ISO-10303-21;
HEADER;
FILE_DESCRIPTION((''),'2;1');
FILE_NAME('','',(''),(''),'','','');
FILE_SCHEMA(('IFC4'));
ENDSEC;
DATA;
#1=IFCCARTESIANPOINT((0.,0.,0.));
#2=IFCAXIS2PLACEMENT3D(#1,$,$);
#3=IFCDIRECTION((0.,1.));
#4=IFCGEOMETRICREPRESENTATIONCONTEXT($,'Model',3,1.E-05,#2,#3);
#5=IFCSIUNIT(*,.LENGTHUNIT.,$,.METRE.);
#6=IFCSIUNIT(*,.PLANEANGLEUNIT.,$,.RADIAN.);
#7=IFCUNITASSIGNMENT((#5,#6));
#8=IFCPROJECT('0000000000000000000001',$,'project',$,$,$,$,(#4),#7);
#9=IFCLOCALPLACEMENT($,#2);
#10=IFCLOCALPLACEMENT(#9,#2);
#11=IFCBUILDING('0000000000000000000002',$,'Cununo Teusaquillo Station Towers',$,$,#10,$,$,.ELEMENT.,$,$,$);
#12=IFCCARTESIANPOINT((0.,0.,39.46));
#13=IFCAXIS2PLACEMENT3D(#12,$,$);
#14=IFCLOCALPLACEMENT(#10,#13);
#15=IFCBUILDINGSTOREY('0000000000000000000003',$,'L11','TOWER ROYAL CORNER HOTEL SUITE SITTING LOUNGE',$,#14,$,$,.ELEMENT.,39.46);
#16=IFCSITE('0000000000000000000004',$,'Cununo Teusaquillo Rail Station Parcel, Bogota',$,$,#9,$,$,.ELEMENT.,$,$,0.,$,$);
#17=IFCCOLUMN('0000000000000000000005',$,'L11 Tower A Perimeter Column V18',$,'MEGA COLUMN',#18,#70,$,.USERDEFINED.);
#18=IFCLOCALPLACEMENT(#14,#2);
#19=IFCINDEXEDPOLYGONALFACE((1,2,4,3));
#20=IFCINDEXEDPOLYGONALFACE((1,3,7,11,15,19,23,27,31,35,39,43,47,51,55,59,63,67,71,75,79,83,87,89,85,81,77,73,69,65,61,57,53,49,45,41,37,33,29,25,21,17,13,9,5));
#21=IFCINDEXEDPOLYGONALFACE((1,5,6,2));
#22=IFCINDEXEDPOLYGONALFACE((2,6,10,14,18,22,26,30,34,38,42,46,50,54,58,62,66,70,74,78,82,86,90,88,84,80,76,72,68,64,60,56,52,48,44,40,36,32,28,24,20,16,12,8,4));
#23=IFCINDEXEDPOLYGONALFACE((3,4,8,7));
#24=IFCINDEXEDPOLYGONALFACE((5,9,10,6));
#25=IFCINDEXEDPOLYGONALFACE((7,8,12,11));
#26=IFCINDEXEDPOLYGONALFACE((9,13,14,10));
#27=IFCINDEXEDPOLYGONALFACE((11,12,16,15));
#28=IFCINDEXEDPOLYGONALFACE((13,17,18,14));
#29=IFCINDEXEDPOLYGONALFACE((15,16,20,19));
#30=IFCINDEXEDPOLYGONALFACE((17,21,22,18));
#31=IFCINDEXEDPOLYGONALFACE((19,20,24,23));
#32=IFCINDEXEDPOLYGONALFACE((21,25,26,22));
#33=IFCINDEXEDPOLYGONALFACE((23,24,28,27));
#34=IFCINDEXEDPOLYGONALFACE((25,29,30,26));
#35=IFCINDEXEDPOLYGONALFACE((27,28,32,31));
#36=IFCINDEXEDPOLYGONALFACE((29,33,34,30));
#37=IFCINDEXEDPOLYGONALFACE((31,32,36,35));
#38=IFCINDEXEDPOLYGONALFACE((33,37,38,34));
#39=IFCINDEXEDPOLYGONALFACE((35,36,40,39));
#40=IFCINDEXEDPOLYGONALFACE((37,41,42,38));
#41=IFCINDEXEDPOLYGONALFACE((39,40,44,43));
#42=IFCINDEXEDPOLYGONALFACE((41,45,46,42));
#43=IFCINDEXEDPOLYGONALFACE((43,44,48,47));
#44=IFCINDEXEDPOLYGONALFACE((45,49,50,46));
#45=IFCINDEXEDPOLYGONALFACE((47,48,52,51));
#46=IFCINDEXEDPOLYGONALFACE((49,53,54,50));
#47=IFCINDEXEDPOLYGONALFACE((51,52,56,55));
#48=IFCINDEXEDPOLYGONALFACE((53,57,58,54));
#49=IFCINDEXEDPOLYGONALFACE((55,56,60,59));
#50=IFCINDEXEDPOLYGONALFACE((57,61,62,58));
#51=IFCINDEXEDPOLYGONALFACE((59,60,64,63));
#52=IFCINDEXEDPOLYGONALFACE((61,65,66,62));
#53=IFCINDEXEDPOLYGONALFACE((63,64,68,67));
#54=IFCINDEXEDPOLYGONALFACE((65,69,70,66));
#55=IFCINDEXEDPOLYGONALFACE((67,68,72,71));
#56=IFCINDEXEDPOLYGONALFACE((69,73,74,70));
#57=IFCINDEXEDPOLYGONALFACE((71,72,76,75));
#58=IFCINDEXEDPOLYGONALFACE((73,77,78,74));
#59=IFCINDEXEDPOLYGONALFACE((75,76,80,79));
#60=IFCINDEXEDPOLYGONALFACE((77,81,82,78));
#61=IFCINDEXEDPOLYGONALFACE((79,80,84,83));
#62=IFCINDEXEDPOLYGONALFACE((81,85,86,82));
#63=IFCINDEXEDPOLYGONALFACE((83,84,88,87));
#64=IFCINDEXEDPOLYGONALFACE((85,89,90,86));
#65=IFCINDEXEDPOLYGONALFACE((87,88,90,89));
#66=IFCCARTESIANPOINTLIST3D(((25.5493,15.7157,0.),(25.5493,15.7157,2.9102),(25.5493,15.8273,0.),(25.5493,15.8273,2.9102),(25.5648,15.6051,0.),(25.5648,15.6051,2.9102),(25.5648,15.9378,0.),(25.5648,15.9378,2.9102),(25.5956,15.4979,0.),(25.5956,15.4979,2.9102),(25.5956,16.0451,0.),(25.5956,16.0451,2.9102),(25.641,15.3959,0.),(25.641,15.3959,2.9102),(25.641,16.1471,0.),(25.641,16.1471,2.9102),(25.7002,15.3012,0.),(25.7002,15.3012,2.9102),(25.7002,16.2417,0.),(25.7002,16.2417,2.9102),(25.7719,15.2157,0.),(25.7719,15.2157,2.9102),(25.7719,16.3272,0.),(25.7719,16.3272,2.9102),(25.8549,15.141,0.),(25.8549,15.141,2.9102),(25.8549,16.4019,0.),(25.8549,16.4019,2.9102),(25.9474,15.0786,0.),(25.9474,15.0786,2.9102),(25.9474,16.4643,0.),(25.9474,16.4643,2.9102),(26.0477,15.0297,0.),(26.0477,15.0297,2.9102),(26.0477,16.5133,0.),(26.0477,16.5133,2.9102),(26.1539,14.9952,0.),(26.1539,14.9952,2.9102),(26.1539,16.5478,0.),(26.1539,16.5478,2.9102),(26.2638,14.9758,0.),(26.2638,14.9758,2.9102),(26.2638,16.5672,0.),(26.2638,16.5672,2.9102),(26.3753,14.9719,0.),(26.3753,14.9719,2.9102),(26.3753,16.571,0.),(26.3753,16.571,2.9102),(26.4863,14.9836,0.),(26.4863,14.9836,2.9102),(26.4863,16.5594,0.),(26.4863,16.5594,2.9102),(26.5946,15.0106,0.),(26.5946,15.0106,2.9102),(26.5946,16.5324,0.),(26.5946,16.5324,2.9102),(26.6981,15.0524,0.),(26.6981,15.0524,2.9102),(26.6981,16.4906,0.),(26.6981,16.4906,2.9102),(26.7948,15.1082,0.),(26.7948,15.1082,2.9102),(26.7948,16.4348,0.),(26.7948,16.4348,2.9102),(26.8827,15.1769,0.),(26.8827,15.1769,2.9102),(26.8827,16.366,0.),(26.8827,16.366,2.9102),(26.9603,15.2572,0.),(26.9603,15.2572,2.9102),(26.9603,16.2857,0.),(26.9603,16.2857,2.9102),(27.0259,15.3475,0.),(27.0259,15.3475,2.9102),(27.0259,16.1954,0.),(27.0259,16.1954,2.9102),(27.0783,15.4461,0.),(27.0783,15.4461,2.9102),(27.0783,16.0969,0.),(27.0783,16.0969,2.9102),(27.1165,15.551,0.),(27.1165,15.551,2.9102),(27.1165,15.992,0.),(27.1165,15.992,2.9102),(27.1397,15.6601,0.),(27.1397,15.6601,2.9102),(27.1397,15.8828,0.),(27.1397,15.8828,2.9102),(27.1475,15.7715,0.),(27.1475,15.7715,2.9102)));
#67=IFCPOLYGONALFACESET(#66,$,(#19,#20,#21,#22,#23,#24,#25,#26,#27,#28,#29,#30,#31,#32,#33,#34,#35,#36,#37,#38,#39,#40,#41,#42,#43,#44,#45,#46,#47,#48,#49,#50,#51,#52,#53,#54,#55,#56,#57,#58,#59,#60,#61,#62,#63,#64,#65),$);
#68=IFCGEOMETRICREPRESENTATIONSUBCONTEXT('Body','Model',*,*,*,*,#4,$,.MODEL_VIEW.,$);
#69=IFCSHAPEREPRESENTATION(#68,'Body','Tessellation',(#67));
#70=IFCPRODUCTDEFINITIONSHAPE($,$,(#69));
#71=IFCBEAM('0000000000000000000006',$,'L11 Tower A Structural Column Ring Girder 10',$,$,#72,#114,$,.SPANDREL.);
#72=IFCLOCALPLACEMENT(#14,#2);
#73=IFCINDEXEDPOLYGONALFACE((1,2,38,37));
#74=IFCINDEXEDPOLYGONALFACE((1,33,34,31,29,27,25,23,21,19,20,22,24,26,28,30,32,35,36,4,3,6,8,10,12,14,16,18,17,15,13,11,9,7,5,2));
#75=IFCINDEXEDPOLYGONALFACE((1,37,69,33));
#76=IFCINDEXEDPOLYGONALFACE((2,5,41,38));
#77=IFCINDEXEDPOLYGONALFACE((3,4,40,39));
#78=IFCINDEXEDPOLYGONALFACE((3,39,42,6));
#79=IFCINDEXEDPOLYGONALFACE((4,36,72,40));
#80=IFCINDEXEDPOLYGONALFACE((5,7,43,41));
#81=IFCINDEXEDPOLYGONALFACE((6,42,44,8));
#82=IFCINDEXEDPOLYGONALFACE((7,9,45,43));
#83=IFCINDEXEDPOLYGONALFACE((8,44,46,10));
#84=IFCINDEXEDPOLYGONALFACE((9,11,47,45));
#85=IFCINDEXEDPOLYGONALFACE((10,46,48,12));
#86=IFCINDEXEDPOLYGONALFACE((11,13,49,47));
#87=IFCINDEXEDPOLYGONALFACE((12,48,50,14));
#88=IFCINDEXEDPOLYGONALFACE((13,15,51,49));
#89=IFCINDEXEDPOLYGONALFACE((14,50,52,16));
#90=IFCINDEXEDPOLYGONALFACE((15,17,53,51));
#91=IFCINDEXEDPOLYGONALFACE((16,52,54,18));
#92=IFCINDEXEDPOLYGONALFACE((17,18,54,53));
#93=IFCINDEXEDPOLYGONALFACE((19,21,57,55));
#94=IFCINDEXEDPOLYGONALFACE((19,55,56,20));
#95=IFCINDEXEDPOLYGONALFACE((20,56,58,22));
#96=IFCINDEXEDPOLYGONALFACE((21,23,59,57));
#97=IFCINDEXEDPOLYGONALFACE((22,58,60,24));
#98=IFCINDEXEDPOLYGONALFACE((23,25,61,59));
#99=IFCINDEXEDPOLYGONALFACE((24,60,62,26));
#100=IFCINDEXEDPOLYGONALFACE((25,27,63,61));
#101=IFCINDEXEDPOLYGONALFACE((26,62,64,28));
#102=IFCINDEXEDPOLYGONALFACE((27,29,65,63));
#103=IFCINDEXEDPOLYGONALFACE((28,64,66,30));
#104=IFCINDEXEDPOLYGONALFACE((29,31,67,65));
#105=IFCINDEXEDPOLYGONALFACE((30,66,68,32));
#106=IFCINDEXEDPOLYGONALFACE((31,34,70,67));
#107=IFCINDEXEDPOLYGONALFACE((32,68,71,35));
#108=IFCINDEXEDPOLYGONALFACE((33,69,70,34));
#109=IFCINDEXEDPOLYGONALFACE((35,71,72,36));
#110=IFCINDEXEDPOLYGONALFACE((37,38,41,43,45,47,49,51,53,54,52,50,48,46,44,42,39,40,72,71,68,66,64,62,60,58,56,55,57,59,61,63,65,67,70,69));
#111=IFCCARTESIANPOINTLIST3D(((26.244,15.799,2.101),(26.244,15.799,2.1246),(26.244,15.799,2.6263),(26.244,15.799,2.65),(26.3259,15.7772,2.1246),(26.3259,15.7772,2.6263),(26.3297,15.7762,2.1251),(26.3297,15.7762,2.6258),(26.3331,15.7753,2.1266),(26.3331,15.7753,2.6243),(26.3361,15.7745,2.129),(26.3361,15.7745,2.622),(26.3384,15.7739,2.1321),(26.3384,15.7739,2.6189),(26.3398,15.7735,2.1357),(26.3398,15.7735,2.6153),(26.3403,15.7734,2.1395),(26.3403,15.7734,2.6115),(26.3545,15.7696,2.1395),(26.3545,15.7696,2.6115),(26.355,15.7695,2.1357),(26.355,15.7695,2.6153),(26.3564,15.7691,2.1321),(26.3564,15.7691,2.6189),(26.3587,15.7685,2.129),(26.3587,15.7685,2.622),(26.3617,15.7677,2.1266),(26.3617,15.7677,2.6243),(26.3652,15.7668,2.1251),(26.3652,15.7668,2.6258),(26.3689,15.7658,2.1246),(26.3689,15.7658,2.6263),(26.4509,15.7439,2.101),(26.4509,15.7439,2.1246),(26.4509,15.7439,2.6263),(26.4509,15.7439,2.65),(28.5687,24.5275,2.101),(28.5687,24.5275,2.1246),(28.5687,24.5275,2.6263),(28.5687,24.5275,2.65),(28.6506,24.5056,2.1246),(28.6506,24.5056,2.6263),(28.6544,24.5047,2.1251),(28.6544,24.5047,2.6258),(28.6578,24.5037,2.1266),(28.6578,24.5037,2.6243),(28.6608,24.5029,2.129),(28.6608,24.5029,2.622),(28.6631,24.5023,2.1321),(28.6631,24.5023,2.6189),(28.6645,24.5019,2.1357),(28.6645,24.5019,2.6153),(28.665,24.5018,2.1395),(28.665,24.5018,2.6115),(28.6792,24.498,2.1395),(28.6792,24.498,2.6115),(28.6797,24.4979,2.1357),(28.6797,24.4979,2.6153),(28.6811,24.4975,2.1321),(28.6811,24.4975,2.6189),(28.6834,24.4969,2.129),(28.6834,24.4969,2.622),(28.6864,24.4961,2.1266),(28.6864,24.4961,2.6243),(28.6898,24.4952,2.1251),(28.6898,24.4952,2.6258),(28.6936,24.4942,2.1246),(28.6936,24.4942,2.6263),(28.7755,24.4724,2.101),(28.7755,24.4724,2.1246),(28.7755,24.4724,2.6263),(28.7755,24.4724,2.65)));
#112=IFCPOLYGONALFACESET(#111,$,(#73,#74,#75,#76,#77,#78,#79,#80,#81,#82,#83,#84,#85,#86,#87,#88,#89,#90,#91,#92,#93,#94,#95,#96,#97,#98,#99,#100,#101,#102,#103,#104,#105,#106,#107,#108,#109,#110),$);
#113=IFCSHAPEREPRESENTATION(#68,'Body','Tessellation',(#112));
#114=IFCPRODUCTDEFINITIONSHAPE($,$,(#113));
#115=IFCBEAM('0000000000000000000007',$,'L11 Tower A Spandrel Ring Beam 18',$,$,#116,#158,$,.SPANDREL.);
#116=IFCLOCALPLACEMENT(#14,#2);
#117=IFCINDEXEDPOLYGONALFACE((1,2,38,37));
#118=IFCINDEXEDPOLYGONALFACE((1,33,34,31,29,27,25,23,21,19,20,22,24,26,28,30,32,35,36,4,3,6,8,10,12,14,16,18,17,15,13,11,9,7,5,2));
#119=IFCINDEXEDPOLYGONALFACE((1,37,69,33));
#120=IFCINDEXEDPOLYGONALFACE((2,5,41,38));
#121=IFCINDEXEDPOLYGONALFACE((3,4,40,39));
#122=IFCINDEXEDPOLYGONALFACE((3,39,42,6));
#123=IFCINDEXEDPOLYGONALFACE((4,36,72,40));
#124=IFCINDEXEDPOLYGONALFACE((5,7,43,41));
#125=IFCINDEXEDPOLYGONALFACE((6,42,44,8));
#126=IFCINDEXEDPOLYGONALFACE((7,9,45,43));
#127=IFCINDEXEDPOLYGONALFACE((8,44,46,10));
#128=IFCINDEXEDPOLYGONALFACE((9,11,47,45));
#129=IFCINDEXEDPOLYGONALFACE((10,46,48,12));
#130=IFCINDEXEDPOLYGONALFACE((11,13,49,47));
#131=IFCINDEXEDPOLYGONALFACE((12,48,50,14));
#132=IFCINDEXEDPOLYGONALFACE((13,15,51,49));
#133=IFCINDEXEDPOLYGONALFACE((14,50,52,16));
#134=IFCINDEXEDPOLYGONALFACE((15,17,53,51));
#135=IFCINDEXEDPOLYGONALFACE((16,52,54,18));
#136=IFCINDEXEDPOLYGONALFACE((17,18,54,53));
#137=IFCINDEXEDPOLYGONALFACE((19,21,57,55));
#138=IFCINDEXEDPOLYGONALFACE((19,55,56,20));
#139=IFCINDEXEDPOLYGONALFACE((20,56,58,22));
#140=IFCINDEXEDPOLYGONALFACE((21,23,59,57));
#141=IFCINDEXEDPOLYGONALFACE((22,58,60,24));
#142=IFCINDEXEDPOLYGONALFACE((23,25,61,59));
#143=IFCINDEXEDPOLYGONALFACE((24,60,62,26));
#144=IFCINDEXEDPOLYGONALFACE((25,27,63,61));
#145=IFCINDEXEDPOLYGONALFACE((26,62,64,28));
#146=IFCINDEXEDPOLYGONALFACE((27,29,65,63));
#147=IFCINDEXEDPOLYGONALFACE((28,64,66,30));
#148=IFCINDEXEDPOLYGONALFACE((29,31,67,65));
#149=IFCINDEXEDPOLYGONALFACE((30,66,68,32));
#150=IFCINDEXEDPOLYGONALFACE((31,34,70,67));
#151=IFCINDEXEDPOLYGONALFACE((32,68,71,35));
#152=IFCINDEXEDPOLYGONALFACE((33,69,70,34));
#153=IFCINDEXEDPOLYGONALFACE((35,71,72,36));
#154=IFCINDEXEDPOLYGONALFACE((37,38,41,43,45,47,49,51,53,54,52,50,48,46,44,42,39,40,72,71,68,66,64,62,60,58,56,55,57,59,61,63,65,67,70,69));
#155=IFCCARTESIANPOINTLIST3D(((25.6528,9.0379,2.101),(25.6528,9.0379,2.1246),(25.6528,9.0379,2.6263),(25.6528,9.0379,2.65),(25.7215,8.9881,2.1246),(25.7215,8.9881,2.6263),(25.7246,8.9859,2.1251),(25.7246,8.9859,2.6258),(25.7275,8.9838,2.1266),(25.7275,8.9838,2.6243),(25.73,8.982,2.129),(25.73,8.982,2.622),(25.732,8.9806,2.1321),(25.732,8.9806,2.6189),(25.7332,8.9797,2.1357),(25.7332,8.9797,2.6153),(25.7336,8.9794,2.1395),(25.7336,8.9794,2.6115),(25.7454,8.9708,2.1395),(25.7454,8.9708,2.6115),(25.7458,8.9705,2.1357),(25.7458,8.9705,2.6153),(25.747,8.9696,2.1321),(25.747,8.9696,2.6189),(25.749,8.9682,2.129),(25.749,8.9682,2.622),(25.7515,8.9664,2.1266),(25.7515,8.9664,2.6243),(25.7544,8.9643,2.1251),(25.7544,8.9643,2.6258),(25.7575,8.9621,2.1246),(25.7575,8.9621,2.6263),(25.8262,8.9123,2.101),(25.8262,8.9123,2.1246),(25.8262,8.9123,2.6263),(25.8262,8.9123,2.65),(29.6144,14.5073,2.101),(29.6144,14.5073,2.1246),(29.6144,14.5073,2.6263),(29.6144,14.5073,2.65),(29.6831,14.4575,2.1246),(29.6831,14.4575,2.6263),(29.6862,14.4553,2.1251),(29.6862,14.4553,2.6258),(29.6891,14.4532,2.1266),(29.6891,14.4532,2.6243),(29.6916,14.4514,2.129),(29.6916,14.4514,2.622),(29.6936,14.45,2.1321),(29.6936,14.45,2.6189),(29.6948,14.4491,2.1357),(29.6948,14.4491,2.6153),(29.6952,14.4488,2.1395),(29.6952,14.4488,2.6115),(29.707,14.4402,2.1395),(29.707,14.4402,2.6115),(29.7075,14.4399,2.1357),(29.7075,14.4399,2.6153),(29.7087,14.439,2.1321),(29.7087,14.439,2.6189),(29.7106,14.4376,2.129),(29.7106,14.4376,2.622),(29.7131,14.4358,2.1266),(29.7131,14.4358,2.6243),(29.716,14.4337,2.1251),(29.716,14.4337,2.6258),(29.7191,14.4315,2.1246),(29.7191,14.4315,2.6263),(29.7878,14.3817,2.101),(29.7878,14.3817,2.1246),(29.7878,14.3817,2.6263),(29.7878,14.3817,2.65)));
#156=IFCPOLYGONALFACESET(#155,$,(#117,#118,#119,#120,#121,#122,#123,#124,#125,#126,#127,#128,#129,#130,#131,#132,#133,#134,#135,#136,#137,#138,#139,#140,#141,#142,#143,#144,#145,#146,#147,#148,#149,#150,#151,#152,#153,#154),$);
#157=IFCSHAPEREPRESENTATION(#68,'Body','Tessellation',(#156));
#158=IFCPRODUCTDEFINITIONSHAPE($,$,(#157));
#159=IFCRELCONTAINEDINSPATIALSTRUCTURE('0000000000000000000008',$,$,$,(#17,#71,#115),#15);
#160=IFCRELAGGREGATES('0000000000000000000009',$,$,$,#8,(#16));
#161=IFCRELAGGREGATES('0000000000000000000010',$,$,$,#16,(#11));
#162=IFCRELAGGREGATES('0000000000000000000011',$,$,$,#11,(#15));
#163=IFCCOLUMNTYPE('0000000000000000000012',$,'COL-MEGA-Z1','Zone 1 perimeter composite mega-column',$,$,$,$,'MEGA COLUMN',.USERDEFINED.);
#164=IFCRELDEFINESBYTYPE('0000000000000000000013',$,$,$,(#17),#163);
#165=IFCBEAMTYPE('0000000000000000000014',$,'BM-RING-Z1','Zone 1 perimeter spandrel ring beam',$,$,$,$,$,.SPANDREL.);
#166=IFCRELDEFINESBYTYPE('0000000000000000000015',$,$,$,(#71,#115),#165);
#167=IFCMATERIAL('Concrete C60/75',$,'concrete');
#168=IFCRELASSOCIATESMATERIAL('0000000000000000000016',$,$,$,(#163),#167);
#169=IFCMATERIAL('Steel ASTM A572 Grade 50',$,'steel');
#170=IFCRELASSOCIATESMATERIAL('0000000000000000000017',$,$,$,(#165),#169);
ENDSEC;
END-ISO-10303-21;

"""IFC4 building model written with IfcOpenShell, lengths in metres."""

from ifc_helpers import new_model, si_unit, direction, frame, origin, origin_2d, place, context, subcontext, project, spatial, circle, i_section, extrude, material, material_profile, profile_set, type_object, element, save


model = new_model("IFC4")

# Units and contexts
model_context = context("Model", 3, precision=1e-05, world=origin(), true_north=direction((0.0, 1.0)))
body_context = subcontext(model_context, "Body", "Model", "MODEL_VIEW")
ifc_project = project(units=[si_unit("LENGTHUNIT", "METRE"), si_unit("PLANEANGLEUNIT", "RADIAN")], contexts=[model_context])

# Site, building, storey
site_placement = place(None, origin())
site = spatial("IfcSite", under=ifc_project, at=site_placement, Name="Cununo Teusaquillo Rail Station Parcel, Bogota", CompositionType="ELEMENT", RefElevation=0.0)
building_placement = place(site_placement, origin())
building = spatial("IfcBuilding", under=site, at=building_placement, Name="Cununo Teusaquillo Station Towers", CompositionType="ELEMENT")
storey_placement = place(building_placement, frame((0.0, 0.0, 39.46)))
storey = spatial("IfcBuildingStorey", under=building, at=storey_placement, Name="L11", Description="TOWER ROYAL CORNER HOTEL SUITE SITTING LOUNGE", CompositionType="ELEMENT", Elevation=39.46)

# Column
ifc_material_1 = material(Name="Concrete C60/75", Category="concrete")
ifc_material_profile_1 = material_profile(ifc_material_1, circle(Radius=0.8, at=origin_2d()), Name="RC-CIRC-1600")
ifc_profile_set_1 = profile_set([ifc_material_profile_1], Name="Concrete C60/75")
column_type = type_object("IfcColumnType", Name="COL-MEGA-Z1", Description="Zone 1 perimeter composite mega-column", ElementType="MEGA COLUMN", PredefinedType="USERDEFINED", material=ifc_profile_set_1)
column_placement = place(storey_placement, frame((26.3474, 15.7715, 0.0), z_axis=(0.0, 0.0, 1.0), x_axis=(1.0, 0.0, 0.0)))
element("IfcColumn", 1, at=column_placement, inside=storey, type_object=column_type, Name="L11 Tower A Perimeter Column V18", ObjectType="MEGA COLUMN", PredefinedType="USERDEFINED", context=body_context, shape_type="SweptSolid", body=[
    extrude(circle(Radius=0.8, at=origin_2d()), origin(), (0.0, 0.0, 1.0), 2.9102),
])

# Beams
ifc_material_2 = material(Name="Steel ASTM A572 Grade 50", Category="steel")
ifc_material_profile_2 = material_profile(ifc_material_2, i_section(OverallWidth=0.2141, OverallDepth=0.5491, WebThickness=0.0146, FlangeThickness=0.0237, FilletRadius=0.0149, at=origin_2d()), Name="W21X93")
ifc_profile_set_2 = profile_set([ifc_material_profile_2], Name="Steel ASTM A572 Grade 50")
beam_type = type_object("IfcBeamType", Name="BM-RING-Z1", Description="Zone 1 perimeter spandrel ring beam", PredefinedType="SPANDREL", material=ifc_profile_set_2)
beam_1_placement = place(storey_placement, frame((26.3474, 15.7715, 2.3755), z_axis=(0.257363, 0.966315, 0.0), x_axis=(-0.966315, 0.257363, 0.0)))
element("IfcBeam", 2, at=beam_1_placement, inside=storey, type_object=beam_type, Name="L11 Tower A Structural Column Ring Girder 10", PredefinedType="SPANDREL", context=body_context, shape_type="SweptSolid", body=[
    extrude(i_section(OverallWidth=0.2141, OverallDepth=0.5491, WebThickness=0.0146, FlangeThickness=0.0237, FilletRadius=0.0149, at=origin_2d()), origin(), (0.0, 0.0, 1.0), 9.0327),
])
beam_2_placement = place(storey_placement, frame((25.7395, 8.9751, 2.3755), z_axis=(0.586608, 0.809871, 0.0), x_axis=(-0.809871, 0.586608, 0.0)))
element("IfcBeam", 3, at=beam_2_placement, inside=storey, type_object=beam_type, Name="L11 Tower A Spandrel Ring Beam 18", PredefinedType="SPANDREL", context=body_context, shape_type="SweptSolid", body=[
    extrude(i_section(OverallWidth=0.2141, OverallDepth=0.5491, WebThickness=0.0146, FlangeThickness=0.0237, FilletRadius=0.0149, at=origin_2d()), origin(), (0.0, 0.0, 1.0), 6.7534),
])

save(model, "model.ifc")
